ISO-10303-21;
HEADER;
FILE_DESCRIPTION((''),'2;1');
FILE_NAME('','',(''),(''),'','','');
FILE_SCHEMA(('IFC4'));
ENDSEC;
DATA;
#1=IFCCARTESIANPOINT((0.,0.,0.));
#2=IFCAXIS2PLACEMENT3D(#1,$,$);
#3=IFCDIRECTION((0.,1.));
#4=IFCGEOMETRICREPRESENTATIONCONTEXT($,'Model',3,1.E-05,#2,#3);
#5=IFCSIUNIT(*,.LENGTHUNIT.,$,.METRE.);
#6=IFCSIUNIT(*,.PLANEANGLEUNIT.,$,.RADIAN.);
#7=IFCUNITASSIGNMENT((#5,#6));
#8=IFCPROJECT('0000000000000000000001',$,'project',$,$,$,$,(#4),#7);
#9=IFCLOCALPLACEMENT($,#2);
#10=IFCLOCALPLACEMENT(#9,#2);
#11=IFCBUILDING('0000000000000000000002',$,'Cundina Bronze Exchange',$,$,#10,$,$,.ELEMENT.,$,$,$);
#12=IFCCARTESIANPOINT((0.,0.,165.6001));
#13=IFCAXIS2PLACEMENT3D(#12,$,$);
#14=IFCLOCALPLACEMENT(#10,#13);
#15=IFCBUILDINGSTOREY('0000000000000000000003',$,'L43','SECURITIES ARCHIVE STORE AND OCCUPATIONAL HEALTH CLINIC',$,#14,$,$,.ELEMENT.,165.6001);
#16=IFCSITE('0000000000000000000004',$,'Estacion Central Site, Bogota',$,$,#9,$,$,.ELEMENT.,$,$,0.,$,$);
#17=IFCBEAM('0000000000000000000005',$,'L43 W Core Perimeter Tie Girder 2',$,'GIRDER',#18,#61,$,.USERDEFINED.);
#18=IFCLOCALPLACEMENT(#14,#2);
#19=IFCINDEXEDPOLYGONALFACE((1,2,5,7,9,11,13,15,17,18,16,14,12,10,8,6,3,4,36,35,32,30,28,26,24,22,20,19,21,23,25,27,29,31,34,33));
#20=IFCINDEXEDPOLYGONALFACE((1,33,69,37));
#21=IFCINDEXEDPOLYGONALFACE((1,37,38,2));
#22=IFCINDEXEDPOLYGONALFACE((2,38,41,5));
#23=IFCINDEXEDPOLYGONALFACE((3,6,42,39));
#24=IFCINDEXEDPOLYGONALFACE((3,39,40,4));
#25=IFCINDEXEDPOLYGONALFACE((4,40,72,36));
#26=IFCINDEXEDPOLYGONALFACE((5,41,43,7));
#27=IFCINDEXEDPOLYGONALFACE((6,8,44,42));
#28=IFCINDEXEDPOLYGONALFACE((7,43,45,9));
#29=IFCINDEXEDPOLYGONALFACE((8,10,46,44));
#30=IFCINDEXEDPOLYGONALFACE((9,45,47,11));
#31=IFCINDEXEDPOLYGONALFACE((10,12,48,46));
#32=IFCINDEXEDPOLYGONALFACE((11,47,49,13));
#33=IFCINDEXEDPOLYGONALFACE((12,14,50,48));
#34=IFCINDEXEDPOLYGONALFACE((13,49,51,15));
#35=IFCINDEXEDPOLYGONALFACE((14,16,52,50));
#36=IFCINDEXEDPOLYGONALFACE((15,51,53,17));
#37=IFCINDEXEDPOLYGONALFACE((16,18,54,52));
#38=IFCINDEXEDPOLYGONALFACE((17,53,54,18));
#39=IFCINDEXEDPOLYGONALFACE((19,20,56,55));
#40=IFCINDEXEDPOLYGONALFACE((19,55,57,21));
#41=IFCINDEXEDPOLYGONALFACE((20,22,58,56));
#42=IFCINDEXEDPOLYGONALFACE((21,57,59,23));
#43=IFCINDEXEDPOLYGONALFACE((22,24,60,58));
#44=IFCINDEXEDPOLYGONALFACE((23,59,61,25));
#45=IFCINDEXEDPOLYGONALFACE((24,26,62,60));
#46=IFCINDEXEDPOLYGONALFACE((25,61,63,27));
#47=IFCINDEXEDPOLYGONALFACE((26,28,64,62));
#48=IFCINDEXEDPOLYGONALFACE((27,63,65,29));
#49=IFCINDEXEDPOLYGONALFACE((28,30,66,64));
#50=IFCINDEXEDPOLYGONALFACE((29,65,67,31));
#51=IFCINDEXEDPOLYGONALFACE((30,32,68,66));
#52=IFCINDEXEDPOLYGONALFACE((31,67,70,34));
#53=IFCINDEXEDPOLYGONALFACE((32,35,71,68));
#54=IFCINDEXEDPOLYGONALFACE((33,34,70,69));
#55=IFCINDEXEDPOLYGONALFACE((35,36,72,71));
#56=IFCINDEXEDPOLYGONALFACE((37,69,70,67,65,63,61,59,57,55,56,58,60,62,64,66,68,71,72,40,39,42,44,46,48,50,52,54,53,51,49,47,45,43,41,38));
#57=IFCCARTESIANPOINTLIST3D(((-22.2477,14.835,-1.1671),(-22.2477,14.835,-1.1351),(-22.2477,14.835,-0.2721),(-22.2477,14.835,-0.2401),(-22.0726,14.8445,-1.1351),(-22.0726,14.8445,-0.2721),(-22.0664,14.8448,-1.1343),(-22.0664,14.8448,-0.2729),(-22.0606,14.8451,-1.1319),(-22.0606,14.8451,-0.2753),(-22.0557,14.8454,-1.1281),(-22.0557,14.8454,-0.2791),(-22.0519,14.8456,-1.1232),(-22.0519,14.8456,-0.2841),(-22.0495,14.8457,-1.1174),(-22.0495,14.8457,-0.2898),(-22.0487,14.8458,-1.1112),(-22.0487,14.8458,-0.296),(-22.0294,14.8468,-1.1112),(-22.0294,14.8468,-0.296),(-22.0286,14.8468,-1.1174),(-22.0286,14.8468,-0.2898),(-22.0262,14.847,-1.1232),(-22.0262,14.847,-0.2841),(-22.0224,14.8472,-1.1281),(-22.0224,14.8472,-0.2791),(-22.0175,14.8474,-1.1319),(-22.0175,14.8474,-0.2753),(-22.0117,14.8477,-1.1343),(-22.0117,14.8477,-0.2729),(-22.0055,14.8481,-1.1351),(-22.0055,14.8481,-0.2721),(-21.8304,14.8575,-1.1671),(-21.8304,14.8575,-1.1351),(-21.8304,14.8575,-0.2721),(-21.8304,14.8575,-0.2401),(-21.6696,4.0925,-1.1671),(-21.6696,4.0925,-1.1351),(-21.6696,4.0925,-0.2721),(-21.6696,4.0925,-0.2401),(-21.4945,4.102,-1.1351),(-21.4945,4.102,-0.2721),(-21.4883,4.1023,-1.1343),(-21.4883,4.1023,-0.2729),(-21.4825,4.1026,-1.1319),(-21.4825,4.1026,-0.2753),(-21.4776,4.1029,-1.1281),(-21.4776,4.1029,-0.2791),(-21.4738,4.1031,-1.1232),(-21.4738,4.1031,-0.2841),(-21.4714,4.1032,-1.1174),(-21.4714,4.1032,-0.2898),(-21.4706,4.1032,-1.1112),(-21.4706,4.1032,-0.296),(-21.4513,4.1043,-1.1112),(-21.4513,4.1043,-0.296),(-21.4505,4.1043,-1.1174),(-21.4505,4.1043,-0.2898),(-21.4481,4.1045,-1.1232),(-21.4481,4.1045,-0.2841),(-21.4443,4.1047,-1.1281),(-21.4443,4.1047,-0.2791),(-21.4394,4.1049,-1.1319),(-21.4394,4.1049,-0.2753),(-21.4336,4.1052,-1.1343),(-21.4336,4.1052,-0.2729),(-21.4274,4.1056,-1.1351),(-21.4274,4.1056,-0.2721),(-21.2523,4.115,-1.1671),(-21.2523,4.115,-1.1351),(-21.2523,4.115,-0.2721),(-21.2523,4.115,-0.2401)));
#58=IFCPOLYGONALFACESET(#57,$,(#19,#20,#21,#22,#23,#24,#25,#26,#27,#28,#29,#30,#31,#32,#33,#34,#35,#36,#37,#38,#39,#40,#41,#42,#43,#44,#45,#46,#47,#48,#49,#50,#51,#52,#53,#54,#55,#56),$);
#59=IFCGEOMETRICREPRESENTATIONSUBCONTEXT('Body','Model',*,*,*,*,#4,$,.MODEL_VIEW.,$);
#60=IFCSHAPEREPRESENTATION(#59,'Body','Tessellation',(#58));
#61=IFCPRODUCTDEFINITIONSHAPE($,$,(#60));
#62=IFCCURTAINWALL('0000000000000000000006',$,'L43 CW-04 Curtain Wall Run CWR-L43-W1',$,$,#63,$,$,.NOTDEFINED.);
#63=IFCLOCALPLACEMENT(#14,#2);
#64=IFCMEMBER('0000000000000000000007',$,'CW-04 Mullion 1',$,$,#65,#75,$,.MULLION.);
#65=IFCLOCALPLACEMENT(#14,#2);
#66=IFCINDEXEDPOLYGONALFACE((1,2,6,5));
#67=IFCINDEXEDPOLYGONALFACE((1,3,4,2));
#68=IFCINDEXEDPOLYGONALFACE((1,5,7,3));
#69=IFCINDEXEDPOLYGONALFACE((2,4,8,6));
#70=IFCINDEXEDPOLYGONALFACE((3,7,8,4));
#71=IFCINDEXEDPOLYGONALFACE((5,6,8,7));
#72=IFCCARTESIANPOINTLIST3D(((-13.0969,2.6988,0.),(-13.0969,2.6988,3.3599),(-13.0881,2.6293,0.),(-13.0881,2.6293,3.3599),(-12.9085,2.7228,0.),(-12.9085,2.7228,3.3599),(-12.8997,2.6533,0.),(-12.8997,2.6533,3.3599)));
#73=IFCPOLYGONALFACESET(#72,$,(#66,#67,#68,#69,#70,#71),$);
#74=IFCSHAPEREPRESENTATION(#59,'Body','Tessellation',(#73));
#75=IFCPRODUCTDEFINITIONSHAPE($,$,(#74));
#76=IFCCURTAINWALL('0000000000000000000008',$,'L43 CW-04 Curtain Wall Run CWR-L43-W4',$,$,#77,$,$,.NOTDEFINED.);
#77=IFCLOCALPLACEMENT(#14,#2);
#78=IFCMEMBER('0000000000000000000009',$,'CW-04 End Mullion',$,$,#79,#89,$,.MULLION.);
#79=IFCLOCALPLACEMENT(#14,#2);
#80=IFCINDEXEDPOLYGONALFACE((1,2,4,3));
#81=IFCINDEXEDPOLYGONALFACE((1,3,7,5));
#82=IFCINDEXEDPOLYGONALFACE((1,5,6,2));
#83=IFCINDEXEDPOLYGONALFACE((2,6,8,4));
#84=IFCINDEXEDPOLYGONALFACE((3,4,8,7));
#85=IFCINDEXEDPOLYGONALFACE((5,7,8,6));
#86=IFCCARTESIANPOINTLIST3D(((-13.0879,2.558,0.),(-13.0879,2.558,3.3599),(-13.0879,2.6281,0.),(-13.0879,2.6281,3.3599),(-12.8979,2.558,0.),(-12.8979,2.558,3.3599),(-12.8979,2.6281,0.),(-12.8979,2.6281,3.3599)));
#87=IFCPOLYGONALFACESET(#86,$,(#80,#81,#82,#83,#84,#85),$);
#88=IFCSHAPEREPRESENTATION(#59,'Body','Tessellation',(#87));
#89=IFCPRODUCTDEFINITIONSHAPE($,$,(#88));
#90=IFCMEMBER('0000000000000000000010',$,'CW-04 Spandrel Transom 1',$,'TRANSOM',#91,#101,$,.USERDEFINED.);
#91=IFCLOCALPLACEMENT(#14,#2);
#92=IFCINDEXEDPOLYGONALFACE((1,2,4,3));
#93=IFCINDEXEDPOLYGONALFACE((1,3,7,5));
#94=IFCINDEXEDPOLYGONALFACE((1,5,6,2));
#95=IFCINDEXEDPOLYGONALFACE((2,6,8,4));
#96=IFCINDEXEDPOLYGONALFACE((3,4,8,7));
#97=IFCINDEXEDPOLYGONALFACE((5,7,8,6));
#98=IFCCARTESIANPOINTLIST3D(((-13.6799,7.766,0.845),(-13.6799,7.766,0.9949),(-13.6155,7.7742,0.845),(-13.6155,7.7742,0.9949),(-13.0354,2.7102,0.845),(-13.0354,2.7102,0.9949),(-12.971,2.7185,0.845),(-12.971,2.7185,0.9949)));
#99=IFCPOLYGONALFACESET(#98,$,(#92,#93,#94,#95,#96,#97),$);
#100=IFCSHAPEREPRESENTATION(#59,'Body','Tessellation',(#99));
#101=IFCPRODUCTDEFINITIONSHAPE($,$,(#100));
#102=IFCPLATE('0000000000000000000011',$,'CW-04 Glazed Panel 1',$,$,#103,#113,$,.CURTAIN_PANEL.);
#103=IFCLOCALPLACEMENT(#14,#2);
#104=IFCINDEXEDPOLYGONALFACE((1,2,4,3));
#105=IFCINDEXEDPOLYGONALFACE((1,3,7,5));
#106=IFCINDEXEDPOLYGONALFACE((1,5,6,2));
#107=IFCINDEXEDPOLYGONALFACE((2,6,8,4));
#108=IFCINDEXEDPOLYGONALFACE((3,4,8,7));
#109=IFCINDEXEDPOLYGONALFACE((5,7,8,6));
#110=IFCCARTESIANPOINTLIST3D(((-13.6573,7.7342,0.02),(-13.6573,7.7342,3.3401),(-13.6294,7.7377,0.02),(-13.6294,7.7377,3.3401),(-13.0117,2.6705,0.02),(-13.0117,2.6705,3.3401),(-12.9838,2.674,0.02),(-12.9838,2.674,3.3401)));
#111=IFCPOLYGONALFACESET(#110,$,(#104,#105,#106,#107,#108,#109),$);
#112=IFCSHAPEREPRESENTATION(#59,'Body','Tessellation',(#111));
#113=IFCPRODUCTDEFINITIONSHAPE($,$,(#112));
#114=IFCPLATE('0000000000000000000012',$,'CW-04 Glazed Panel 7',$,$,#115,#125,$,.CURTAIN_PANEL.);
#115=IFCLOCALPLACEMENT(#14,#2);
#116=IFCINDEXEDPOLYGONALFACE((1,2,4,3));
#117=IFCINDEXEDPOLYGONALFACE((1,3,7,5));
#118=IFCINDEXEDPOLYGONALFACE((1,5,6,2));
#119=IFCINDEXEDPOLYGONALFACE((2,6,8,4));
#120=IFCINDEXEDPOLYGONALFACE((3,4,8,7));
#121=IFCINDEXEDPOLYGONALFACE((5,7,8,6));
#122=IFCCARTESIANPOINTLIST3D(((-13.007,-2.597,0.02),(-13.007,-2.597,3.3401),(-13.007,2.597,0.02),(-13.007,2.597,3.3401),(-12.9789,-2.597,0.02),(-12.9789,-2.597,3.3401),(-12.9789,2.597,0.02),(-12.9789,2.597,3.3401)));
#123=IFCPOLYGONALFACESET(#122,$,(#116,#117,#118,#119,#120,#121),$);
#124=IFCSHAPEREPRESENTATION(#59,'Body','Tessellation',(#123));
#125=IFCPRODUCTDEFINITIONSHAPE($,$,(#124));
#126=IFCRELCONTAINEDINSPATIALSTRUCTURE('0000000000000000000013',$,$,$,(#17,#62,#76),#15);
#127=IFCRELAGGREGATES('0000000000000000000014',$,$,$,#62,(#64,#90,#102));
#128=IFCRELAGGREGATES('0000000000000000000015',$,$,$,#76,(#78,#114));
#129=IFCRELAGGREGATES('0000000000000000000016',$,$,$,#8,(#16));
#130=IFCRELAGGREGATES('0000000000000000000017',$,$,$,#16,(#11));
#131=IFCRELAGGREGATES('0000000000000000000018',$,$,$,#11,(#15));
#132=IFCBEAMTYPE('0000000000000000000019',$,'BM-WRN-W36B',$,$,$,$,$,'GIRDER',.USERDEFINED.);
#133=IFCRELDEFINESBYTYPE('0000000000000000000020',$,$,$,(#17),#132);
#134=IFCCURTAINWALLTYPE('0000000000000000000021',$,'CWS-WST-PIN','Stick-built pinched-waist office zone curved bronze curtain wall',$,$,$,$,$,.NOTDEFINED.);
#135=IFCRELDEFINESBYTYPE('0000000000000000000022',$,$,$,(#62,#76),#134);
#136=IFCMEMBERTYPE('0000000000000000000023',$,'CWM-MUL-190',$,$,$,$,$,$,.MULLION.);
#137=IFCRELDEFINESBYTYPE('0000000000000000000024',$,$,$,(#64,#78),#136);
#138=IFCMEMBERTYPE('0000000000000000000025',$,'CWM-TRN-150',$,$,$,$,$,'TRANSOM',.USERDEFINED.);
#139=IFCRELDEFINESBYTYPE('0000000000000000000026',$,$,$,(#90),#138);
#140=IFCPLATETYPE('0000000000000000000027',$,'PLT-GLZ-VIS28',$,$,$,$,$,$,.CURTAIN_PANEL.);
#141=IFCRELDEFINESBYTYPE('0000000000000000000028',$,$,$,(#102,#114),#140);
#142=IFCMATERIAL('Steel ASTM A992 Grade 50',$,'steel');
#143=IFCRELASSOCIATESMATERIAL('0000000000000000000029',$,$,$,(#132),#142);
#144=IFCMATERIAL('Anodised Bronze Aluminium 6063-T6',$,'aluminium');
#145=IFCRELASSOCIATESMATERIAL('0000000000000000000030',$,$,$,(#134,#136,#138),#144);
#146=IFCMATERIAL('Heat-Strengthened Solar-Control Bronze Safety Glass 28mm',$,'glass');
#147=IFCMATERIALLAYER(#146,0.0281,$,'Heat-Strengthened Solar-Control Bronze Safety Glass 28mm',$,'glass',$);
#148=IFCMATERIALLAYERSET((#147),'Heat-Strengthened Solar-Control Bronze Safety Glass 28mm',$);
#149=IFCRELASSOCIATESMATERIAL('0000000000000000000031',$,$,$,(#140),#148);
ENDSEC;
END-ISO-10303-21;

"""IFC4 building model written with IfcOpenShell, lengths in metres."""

from ifc_helpers import new_model, si_unit, direction, frame, origin, origin_2d, place, context, subcontext, project, spatial, rectangle, i_section, extrude, material, layer, layer_set, material_profile, profile_set, type_object, element, aggregate, save


model = new_model("IFC4")

# Units and contexts
model_context = context("Model", 3, precision=1e-05, world=origin(), true_north=direction((0.0, 1.0)))
body_context = subcontext(model_context, "Body", "Model", "MODEL_VIEW")
ifc_project = project(units=[si_unit("LENGTHUNIT", "METRE"), si_unit("PLANEANGLEUNIT", "RADIAN")], contexts=[model_context])

# Site, building, storey
site_placement = place(None, origin())
site = spatial("IfcSite", under=ifc_project, at=site_placement, Name="Estacion Central Site, Bogota", CompositionType="ELEMENT", RefElevation=0.0)
building_placement = place(site_placement, origin())
building = spatial("IfcBuilding", under=site, at=building_placement, Name="Cundina Bronze Exchange", CompositionType="ELEMENT")
storey_placement = place(building_placement, frame((0.0, 0.0, 165.6001)))
storey = spatial("IfcBuildingStorey", under=building, at=storey_placement, Name="L43", Description="SECURITIES ARCHIVE STORE AND OCCUPATIONAL HEALTH CLINIC", CompositionType="ELEMENT", Elevation=165.6001)

# Shared definitions
ifc_material_1 = material(Name="Steel ASTM A992 Grade 50", Category="steel")

# Beam
ifc_material_profile_1 = material_profile(ifc_material_1, i_section(OverallWidth=0.418, OverallDepth=0.927, WebThickness=0.0193, FlangeThickness=0.032, FilletRadius=0.0239, at=origin_2d()), Name="W36X231", Category="steel")
ifc_profile_set_1 = profile_set([ifc_material_profile_1], Name="Steel ASTM A992 Grade 50")
beam_type_1 = type_object("IfcBeamType", Name="BM-WRN-W36B", ElementType="GIRDER", PredefinedType="USERDEFINED", material=ifc_profile_set_1)
beam_1_placement = place(storey_placement, frame((-21.4609, 4.1038, -0.7036), z_axis=(-0.053739, 0.998555, 0.0), x_axis=(-0.998555, -0.053739, 0.0)))
element("IfcBeam", 1, at=beam_1_placement, inside=storey, type_object=beam_type_1, Name="L43 W Core Perimeter Tie Girder 2", ObjectType="GIRDER", PredefinedType="USERDEFINED", context=body_context, shape_type="SweptSolid", body=[
    extrude(i_section(OverallWidth=0.418, OverallDepth=0.927, WebThickness=0.0193, FlangeThickness=0.032, FilletRadius=0.0239, at=origin_2d()), origin(), (0.0, 0.0, 1.0), 10.7581),
])

# Curtain walls, members
ifc_material_2 = material(Name="Anodised Bronze Aluminium 6063-T6", Category="aluminium")
curtain_wall_type = type_object("IfcCurtainWallType", Name="CWS-WST-PIN", Description="Stick-built pinched-waist office zone curved bronze curtain wall", PredefinedType="NOTDEFINED", material=ifc_material_2)
curtain_wall_1_placement = place(storey_placement, origin())
curtain_wall_1 = element("IfcCurtainWall", 2, at=curtain_wall_1_placement, inside=storey, type_object=curtain_wall_type, Name="L43 CW-04 Curtain Wall Run CWR-L43-W1", PredefinedType="NOTDEFINED")
ifc_material_profile_2 = material_profile(ifc_material_2, rectangle(XDim=0.0701, YDim=0.1899, at=origin_2d()), Name="AL70X190", Category="aluminium")
ifc_profile_set_2 = profile_set([ifc_material_profile_2], Name="Anodised Bronze Aluminium 6063-T6")
member_type_1 = type_object("IfcMemberType", Name="CWM-MUL-190", PredefinedType="MULLION", material=ifc_profile_set_2)
member_1_placement = place(storey_placement, frame((-12.9983, 2.676, 0.0), z_axis=(0.0, 0.0, 1.0), x_axis=(-0.126545, 0.991961, 0.0)))
member_1 = element("IfcMember", 3, at=member_1_placement, type_object=member_type_1, Name="CW-04 Mullion 1", PredefinedType="MULLION", context=body_context, shape_type="SweptSolid", body=[
    extrude(rectangle(XDim=0.0701, YDim=0.1899, at=origin_2d()), origin(), (0.0, 0.0, 1.0), 3.3599),
])
curtain_wall_2_placement = place(storey_placement, origin())
curtain_wall_2 = element("IfcCurtainWall", 4, at=curtain_wall_2_placement, inside=storey, type_object=curtain_wall_type, Name="L43 CW-04 Curtain Wall Run CWR-L43-W4", PredefinedType="NOTDEFINED")
member_2_placement = place(storey_placement, frame((-12.9929, 2.593, 0.0), z_axis=(0.0, 0.0, 1.0), x_axis=(0.0, 1.0, 0.0)))
member_2 = element("IfcMember", 5, at=member_2_placement, type_object=member_type_1, Name="CW-04 End Mullion", PredefinedType="MULLION", context=body_context, shape_type="SweptSolid", body=[
    extrude(rectangle(XDim=0.0701, YDim=0.1899, at=origin_2d()), origin(), (0.0, 0.0, 1.0), 3.3599),
])

# Member
ifc_material_profile_3 = material_profile(ifc_material_2, rectangle(XDim=0.0649, YDim=0.1499, at=origin_2d()), Name="AL65X150", Category="aluminium")
ifc_profile_set_3 = profile_set([ifc_material_profile_3], Name="Anodised Bronze Aluminium 6063-T6")
member_type_2 = type_object("IfcMemberType", Name="CWM-TRN-150", ElementType="TRANSOM", PredefinedType="USERDEFINED", material=ifc_profile_set_3)
member_3_placement = place(storey_placement, frame((-13.0032, 2.7144, 0.9199), z_axis=(-0.126463, 0.991971, 0.0), x_axis=(-0.991971, -0.126463, 0.0)))
member_3 = element("IfcMember", 6, at=member_3_placement, type_object=member_type_2, Name="CW-04 Spandrel Transom 1", ObjectType="TRANSOM", PredefinedType="USERDEFINED", context=body_context, shape_type="SweptSolid", body=[
    extrude(rectangle(XDim=0.0649, YDim=0.1499, at=origin_2d()), origin(), (0.0, 0.0, 1.0), 5.0967),
])

# Plates
ifc_material_3 = material(Name="Heat-Strengthened Solar-Control Bronze Safety Glass 28mm", Category="glass")
ifc_layer_1 = layer(ifc_material_3, 0.0281, Name="Heat-Strengthened Solar-Control Bronze Safety Glass 28mm", Category="glass")
ifc_layer_set_1 = layer_set([ifc_layer_1], Name="Heat-Strengthened Solar-Control Bronze Safety Glass 28mm")
plate_type = type_object("IfcPlateType", Name="PLT-GLZ-VIS28", PredefinedType="CURTAIN_PANEL", material=ifc_layer_set_1)
plate_1_placement = place(storey_placement, frame((-13.3206, 5.2041, 0.02), z_axis=(0.0, 0.0, 1.0), x_axis=(-0.126476, 0.99197, 0.0)))
plate_1 = element("IfcPlate", 7, at=plate_1_placement, type_object=plate_type, Name="CW-04 Glazed Panel 1", PredefinedType="CURTAIN_PANEL", context=body_context, shape_type="SweptSolid", body=[
    extrude(rectangle(XDim=5.1047, YDim=0.0281, at=origin_2d()), origin(), (0.0, 0.0, 1.0), 3.3201),
])
aggregate(curtain_wall_1, [member_1, member_3, plate_1])
plate_2_placement = place(storey_placement, frame((-12.9929, 0.0, 0.02), z_axis=(0.0, 0.0, 1.0), x_axis=(0.0, 1.0, 0.0)))
plate_2 = element("IfcPlate", 8, at=plate_2_placement, type_object=plate_type, Name="CW-04 Glazed Panel 7", PredefinedType="CURTAIN_PANEL", context=body_context, shape_type="SweptSolid", body=[
    extrude(rectangle(XDim=5.1941, YDim=0.0281, at=origin_2d()), origin(), (0.0, 0.0, 1.0), 3.3201),
])
aggregate(curtain_wall_2, [member_2, plate_2])

save(model, "model.ifc")
